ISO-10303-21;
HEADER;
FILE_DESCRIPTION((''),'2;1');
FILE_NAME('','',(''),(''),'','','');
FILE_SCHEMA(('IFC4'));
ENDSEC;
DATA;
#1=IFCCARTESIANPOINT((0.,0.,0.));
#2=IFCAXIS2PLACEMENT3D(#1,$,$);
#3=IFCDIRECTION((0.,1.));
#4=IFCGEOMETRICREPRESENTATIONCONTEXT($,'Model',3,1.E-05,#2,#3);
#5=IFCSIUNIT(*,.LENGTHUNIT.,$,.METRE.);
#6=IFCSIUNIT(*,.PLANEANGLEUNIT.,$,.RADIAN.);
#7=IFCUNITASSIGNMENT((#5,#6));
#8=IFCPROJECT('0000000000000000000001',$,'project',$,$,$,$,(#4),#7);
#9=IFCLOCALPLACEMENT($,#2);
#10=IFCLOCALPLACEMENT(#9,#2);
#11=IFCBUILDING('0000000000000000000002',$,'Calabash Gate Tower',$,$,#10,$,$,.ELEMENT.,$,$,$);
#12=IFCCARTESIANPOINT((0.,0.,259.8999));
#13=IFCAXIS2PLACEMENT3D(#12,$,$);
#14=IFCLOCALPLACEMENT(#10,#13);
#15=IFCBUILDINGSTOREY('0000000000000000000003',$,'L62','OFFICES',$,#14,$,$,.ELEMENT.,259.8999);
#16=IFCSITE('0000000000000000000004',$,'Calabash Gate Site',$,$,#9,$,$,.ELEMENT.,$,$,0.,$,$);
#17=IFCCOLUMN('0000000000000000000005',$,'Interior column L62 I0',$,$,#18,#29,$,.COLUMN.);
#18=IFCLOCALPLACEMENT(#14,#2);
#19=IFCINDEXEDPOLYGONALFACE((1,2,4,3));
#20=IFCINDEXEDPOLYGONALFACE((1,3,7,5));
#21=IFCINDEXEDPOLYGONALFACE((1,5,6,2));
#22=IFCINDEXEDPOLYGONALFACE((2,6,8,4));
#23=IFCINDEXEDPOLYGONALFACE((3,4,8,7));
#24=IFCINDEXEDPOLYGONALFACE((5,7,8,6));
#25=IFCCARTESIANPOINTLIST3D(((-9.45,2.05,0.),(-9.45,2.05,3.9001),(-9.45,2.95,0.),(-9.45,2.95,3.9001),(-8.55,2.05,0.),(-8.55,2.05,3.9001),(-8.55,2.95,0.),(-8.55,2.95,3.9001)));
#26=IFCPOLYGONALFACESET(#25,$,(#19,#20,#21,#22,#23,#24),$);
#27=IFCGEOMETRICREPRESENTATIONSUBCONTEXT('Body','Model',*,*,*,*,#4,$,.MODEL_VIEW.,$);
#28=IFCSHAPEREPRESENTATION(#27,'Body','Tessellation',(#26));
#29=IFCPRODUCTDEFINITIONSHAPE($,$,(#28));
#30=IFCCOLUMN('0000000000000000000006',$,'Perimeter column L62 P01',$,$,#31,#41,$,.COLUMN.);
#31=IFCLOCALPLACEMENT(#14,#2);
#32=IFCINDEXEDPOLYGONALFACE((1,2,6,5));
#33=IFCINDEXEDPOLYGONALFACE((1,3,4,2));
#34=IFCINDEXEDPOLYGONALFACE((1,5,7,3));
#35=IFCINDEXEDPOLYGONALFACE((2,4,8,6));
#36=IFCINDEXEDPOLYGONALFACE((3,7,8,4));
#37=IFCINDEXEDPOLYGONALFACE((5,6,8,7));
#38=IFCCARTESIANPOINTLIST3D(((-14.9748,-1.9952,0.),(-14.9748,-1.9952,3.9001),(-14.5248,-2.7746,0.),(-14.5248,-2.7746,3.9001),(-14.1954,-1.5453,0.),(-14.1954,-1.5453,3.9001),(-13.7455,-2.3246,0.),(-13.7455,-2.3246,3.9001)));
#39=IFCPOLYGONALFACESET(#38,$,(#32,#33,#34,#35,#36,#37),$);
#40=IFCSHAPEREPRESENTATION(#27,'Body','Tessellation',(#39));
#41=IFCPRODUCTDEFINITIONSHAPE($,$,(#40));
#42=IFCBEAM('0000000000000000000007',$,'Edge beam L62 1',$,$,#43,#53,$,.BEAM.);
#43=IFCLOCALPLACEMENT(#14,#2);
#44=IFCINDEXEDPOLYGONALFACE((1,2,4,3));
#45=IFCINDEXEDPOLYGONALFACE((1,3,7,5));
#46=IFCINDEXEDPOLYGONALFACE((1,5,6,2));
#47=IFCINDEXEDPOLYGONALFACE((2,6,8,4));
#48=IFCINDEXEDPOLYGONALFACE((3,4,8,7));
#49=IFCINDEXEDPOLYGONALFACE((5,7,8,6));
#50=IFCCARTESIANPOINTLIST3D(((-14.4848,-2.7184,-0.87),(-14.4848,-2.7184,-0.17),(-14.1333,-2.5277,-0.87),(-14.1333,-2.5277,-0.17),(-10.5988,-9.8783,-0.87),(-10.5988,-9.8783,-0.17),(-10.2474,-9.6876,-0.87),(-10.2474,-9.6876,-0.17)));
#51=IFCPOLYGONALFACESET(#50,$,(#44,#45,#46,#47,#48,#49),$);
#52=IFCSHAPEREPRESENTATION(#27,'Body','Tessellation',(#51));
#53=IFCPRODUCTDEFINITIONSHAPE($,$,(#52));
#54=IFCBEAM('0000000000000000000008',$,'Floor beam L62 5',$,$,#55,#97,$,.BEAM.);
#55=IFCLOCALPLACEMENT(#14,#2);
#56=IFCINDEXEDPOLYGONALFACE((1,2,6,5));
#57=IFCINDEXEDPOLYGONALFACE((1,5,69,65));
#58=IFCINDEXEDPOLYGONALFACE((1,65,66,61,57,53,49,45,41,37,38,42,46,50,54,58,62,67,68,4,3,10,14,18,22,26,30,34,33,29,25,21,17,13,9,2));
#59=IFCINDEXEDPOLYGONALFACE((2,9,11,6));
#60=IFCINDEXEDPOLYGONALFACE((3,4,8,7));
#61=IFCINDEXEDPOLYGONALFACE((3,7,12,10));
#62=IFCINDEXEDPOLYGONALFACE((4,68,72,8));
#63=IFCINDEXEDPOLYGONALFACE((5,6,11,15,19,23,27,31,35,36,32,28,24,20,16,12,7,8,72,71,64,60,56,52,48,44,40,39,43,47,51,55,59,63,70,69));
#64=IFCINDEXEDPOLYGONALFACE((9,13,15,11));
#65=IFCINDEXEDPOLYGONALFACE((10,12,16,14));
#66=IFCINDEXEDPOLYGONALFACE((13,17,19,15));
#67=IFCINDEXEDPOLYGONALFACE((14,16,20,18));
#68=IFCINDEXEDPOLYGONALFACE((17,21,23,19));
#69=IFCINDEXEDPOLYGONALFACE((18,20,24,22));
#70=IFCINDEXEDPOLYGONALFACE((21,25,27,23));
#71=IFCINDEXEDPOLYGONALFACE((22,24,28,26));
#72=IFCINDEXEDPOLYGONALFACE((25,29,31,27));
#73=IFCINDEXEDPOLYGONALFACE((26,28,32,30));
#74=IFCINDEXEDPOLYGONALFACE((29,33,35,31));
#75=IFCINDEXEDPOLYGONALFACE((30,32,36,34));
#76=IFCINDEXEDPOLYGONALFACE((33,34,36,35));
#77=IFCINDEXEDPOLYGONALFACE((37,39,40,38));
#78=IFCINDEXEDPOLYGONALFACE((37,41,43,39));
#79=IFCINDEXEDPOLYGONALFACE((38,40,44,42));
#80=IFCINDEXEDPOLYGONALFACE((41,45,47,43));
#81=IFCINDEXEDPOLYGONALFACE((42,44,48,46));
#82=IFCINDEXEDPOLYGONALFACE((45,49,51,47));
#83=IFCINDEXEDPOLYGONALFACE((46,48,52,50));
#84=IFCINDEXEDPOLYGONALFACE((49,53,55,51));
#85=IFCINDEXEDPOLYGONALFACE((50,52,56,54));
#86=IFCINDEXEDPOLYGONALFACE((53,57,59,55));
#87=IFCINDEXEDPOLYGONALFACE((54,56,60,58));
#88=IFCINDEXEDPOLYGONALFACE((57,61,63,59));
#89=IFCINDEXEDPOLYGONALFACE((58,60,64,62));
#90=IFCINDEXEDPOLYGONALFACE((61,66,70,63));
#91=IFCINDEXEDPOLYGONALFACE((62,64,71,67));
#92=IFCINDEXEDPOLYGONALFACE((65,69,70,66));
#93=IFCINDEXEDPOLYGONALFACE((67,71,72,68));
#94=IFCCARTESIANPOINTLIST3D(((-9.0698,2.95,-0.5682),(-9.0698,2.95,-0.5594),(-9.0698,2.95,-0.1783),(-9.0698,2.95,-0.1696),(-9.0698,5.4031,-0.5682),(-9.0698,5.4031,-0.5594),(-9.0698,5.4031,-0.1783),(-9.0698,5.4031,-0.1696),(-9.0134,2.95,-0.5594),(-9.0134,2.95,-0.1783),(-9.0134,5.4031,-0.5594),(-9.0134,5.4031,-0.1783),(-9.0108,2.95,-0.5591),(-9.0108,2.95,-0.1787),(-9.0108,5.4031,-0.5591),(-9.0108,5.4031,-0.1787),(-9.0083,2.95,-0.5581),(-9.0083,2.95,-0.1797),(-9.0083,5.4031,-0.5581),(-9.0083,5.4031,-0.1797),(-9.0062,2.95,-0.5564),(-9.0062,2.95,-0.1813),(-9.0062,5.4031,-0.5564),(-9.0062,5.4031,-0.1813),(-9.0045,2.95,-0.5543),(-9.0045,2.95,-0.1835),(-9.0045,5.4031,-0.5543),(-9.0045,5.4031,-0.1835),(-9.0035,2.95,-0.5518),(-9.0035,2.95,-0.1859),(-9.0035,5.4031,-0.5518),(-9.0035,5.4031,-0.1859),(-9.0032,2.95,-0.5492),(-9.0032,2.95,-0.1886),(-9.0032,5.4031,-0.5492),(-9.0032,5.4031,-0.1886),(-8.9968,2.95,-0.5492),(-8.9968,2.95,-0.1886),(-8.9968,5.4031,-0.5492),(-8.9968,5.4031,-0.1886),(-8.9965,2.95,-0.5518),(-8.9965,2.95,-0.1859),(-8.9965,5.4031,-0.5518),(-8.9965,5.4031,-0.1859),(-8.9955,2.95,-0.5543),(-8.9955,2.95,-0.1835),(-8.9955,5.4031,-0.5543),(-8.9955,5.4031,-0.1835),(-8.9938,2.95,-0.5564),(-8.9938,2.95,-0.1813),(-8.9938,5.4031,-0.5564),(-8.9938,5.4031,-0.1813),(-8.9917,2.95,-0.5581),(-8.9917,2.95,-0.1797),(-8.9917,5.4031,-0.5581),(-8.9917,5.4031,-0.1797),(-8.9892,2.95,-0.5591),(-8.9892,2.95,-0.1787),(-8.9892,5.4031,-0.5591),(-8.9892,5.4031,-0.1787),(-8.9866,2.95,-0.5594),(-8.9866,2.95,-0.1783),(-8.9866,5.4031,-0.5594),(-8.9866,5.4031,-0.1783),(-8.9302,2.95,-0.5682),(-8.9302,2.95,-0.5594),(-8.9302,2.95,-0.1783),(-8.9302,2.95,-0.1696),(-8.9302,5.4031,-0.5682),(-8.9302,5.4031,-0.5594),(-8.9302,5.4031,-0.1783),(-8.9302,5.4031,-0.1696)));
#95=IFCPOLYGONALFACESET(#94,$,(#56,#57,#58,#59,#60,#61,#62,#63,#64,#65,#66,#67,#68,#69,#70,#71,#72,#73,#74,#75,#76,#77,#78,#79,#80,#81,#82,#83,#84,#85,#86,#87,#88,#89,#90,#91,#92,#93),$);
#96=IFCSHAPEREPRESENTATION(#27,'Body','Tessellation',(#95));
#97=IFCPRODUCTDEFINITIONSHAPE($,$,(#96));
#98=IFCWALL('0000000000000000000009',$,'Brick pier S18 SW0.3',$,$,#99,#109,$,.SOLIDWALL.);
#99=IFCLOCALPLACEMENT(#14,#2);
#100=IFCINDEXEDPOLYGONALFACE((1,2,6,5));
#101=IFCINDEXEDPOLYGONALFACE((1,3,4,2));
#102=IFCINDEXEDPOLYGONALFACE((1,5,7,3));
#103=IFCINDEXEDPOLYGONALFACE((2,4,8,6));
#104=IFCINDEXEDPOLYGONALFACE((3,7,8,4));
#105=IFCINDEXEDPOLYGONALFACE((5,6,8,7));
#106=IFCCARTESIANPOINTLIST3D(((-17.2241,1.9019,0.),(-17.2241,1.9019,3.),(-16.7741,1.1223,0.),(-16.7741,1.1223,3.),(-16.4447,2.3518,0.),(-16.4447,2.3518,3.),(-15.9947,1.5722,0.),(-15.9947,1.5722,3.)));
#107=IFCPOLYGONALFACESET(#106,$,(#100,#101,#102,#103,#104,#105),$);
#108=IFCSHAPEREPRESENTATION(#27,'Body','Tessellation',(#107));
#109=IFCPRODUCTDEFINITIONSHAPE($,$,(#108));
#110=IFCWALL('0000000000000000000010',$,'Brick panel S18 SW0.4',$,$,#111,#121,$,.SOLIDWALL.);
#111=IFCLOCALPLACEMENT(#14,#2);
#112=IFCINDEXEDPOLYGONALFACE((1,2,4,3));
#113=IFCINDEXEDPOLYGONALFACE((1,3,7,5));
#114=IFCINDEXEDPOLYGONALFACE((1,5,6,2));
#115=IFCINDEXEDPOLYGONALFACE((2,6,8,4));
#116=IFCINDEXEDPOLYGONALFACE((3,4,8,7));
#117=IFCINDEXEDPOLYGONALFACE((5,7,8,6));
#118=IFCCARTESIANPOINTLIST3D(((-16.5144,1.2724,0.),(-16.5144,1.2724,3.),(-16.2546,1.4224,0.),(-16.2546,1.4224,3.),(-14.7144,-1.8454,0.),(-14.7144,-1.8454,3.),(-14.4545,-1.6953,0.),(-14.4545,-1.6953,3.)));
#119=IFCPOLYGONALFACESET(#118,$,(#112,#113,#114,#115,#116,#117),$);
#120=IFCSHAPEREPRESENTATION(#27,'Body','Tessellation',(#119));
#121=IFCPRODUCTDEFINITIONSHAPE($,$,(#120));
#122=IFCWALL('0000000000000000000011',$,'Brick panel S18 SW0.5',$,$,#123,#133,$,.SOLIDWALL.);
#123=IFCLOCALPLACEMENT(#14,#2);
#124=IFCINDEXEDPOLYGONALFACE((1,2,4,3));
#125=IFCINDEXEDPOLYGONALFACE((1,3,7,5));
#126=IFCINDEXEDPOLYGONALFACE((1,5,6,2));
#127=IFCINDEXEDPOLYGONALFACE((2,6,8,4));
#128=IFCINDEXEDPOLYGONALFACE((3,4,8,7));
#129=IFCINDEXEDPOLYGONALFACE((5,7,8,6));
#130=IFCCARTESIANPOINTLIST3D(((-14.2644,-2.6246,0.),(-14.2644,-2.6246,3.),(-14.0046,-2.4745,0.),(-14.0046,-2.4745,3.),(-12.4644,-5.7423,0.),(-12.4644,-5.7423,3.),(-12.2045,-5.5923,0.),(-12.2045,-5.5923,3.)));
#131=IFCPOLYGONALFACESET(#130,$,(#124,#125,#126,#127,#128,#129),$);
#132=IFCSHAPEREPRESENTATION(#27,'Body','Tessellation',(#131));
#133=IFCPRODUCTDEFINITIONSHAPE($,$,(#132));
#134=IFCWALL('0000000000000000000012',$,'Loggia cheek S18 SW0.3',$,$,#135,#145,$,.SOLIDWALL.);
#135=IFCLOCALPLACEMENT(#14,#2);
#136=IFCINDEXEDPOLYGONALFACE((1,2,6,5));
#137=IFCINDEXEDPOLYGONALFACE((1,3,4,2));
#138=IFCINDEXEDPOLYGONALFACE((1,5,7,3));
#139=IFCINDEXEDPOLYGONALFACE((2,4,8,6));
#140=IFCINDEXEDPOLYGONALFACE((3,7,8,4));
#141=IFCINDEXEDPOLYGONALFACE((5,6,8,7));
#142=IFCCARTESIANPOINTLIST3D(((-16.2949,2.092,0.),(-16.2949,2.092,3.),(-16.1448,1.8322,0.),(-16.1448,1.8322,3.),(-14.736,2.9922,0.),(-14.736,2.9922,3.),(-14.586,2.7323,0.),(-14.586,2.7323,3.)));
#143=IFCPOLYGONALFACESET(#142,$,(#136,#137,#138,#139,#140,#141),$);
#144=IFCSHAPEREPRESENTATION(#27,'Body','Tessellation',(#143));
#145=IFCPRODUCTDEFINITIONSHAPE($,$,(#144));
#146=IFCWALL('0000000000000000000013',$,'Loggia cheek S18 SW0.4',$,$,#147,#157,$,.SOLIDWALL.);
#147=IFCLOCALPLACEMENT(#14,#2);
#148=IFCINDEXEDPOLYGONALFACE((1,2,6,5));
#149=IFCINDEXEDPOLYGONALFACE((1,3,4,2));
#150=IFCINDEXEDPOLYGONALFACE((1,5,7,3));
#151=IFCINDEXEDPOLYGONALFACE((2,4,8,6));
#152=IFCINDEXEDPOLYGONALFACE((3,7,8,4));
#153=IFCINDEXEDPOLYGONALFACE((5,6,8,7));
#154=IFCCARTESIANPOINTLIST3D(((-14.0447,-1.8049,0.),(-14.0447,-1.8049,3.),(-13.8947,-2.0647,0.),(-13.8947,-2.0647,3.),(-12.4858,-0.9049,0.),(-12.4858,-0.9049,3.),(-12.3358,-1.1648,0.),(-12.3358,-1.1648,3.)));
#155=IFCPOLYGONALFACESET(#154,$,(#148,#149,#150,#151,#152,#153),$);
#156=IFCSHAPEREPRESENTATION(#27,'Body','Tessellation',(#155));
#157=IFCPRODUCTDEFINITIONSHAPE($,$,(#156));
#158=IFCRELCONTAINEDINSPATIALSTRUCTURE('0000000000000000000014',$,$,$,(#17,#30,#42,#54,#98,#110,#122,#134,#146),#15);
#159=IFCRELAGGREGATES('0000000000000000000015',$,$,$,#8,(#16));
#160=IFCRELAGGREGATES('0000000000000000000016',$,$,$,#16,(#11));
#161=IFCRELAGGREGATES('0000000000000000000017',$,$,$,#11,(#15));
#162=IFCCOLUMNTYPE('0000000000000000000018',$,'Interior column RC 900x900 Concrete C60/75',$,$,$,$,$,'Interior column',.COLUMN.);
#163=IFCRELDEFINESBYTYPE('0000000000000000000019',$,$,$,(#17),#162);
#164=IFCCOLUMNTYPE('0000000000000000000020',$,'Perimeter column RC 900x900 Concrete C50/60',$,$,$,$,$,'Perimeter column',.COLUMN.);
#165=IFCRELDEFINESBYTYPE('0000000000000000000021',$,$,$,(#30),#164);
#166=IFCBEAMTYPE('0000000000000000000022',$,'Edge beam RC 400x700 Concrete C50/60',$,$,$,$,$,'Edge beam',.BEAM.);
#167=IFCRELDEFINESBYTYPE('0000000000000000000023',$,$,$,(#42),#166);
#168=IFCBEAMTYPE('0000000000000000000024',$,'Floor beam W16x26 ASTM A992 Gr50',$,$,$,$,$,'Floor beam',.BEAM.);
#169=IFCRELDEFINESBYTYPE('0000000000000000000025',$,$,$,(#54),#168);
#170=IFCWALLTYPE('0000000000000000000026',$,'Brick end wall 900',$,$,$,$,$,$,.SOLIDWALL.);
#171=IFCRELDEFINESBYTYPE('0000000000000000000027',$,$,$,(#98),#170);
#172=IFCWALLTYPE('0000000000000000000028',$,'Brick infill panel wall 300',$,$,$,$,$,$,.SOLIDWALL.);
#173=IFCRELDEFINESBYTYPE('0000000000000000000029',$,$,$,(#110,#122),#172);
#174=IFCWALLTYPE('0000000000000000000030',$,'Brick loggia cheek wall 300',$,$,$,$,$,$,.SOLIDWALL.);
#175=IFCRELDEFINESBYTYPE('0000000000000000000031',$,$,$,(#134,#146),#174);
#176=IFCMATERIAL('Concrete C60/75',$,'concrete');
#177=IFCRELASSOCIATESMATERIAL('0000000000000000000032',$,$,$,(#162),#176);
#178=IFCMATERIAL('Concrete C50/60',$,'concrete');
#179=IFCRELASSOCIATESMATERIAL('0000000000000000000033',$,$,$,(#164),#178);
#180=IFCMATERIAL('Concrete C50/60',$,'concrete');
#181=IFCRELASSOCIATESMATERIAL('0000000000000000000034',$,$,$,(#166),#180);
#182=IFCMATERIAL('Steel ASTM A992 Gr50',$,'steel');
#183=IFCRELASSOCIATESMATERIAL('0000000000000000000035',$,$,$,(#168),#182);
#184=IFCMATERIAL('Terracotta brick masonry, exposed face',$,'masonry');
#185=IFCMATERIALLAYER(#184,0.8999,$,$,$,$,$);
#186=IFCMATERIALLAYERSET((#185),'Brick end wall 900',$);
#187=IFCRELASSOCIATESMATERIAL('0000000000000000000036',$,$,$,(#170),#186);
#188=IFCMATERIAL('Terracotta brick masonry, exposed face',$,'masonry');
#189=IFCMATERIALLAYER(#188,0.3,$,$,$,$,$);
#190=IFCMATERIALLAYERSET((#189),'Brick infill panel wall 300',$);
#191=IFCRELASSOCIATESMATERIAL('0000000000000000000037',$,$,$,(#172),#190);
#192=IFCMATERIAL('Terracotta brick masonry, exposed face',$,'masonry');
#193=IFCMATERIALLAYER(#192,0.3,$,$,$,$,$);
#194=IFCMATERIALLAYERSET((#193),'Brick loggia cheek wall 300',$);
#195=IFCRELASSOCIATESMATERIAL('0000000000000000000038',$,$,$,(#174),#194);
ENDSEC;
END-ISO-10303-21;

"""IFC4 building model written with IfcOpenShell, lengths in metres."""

from ifc_helpers import new_model, si_unit, direction, frame, frame_2d, origin, origin_2d, place, context, subcontext, project, spatial, rectangle, i_section, extrude, material, layer, layer_set, material_profile, profile_set, type_object, element, save


model = new_model("IFC4")

# Units and contexts
model_context = context("Model", 3, precision=1e-05, world=origin(), true_north=direction((0.0, 1.0)))
body_context = subcontext(model_context, "Body", "Model", "MODEL_VIEW")
ifc_project = project(units=[si_unit("LENGTHUNIT", "METRE"), si_unit("PLANEANGLEUNIT", "RADIAN")], contexts=[model_context])

# Site, building, storey
site_placement = place(None, origin())
site = spatial("IfcSite", under=ifc_project, at=site_placement, Name="Calabash Gate Site", CompositionType="ELEMENT", RefElevation=0.0)
building_placement = place(site_placement, origin())
building = spatial("IfcBuilding", under=site, at=building_placement, Name="Calabash Gate Tower", CompositionType="ELEMENT")
storey_placement = place(building_placement, frame((0.0, 0.0, 259.8999)))
storey = spatial("IfcBuildingStorey", under=building, at=storey_placement, Name="L62", Description="OFFICES", CompositionType="ELEMENT", Elevation=259.8999)

# Columns
ifc_material_1 = material(Name="Concrete C60/75", Category="concrete")
ifc_material_profile_1 = material_profile(ifc_material_1, rectangle(XDim=0.8999, YDim=0.8999, at=origin_2d()))
ifc_profile_set_1 = profile_set([ifc_material_profile_1], Name="Concrete C60/75")
column_type_1 = type_object("IfcColumnType", Name="Interior column RC 900x900 Concrete C60/75", ElementType="Interior column", PredefinedType="COLUMN", material=ifc_profile_set_1)
column_1_placement = place(storey_placement, frame((-9.0, 2.5, 0.0), z_axis=(0.0, 0.0, 1.0), x_axis=(1.0, 0.0, 0.0)))
element("IfcColumn", 1, at=column_1_placement, inside=storey, type_object=column_type_1, Name="Interior column L62 I0", PredefinedType="COLUMN", context=body_context, shape_type="SweptSolid", body=[
    extrude(rectangle(XDim=0.8999, YDim=0.8999, at=origin_2d()), origin(), (0.0, 0.0, 1.0), 3.9001),
])
ifc_material_2 = material(Name="Concrete C50/60", Category="concrete")
ifc_material_profile_2 = material_profile(ifc_material_2, rectangle(XDim=0.8999, YDim=0.8999, at=origin_2d()))
ifc_profile_set_2 = profile_set([ifc_material_profile_2], Name="Concrete C50/60")
column_type_2 = type_object("IfcColumnType", Name="Perimeter column RC 900x900 Concrete C50/60", ElementType="Perimeter column", PredefinedType="COLUMN", material=ifc_profile_set_2)
column_2_placement = place(storey_placement, frame((-14.3601, -2.1599, 0.0), z_axis=(0.0, 0.0, 1.0), x_axis=(0.5, -0.866025, 0.0)))
element("IfcColumn", 2, at=column_2_placement, inside=storey, type_object=column_type_2, Name="Perimeter column L62 P01", PredefinedType="COLUMN", context=body_context, shape_type="SweptSolid", body=[
    extrude(rectangle(XDim=0.8999, YDim=0.8999, at=origin_2d()), origin(), (0.0, 0.0, 1.0), 3.9001),
])

# Beams
ifc_material_3 = material(Name="Concrete C50/60", Category="concrete")
ifc_material_profile_3 = material_profile(ifc_material_3, rectangle(XDim=0.3999, YDim=0.7, at=origin_2d()))
ifc_profile_set_3 = profile_set([ifc_material_profile_3], Name="Concrete C50/60")
beam_type_1 = type_object("IfcBeamType", Name="Edge beam RC 400x700 Concrete C50/60", ElementType="Edge beam", PredefinedType="BEAM", material=ifc_profile_set_3)
beam_1_placement = place(storey_placement, frame((-14.3091, -2.623, -0.52), z_axis=(0.477014, -0.878896, 0.0), x_axis=(0.878896, 0.477014, 0.0)))
element("IfcBeam", 3, at=beam_1_placement, inside=storey, type_object=beam_type_1, Name="Edge beam L62 1", PredefinedType="BEAM", context=body_context, shape_type="SweptSolid", body=[
    extrude(rectangle(XDim=0.3999, YDim=0.7, at=origin_2d()), origin(), (0.0, 0.0, 1.0), 8.1465),
])
ifc_material_4 = material(Name="Steel ASTM A992 Gr50", Category="steel")
ifc_material_profile_4 = material_profile(ifc_material_4, i_section(OverallWidth=0.1396, OverallDepth=0.3987, WebThickness=0.0063, FlangeThickness=0.0088, FilletRadius=0.0103, at=origin_2d()))
ifc_profile_set_4 = profile_set([ifc_material_profile_4], Name="Steel ASTM A992 Gr50")
beam_type_2 = type_object("IfcBeamType", Name="Floor beam W16x26 ASTM A992 Gr50", ElementType="Floor beam", PredefinedType="BEAM", material=ifc_profile_set_4)
beam_2_placement = place(storey_placement, frame((-9.0, 2.95, -0.3689), z_axis=(0.0, 1.0, 0.0), x_axis=(-1.0, 0.0, 0.0)))
element("IfcBeam", 4, at=beam_2_placement, inside=storey, type_object=beam_type_2, Name="Floor beam L62 5", PredefinedType="BEAM", context=body_context, shape_type="SweptSolid", body=[
    extrude(i_section(OverallWidth=0.1396, OverallDepth=0.3987, WebThickness=0.0063, FlangeThickness=0.0088, FilletRadius=0.0103, at=origin_2d()), origin(), (0.0, 0.0, 1.0), 2.4531),
])

# Walls
ifc_material_5 = material(Name="Terracotta brick masonry, exposed face", Category="masonry")
ifc_layer_1 = layer(ifc_material_5, 0.8999)
ifc_layer_set_1 = layer_set([ifc_layer_1], Name="Brick end wall 900")
wall_type_1 = type_object("IfcWallType", Name="Brick end wall 900", PredefinedType="SOLIDWALL", material=ifc_layer_set_1)
wall_1_placement = place(storey_placement, frame((-16.8345, 2.127, 0.0), z_axis=(0.0, 0.0, 1.0), x_axis=(0.499902, -0.866082, 0.0)))
element("IfcWall", 5, at=wall_1_placement, inside=storey, type_object=wall_type_1, Name="Brick pier S18 SW0.3", PredefinedType="SOLIDWALL", context=body_context, shape_type="SweptSolid", body=[
    extrude(rectangle(XDim=0.9001, YDim=0.8999, at=frame_2d((0.4502, 0.0))), origin(), (0.0, 0.0, 1.0), 3.0),
])
ifc_material_6 = material(Name="Terracotta brick masonry, exposed face", Category="masonry")
ifc_layer_2 = layer(ifc_material_6, 0.3)
ifc_layer_set_2 = layer_set([ifc_layer_2], Name="Brick infill panel wall 300")
wall_type_2 = type_object("IfcWallType", Name="Brick infill panel wall 300", PredefinedType="SOLIDWALL", material=ifc_layer_set_2)
for number, where, z_axis, x_axis, name in (
    (6, (-16.3845, 1.3474, 0.0), (0.0, 0.0, 1.0), (0.500012, -0.866018, 0.0), "Brick panel S18 SW0.4"),
    (7, (-14.1345, -2.5496, 0.0), (0.0, 0.0, 1.0), (0.500012, -0.866018, 0.0), "Brick panel S18 SW0.5"),
):
    element("IfcWall", number, at=place(storey_placement, frame(where, z_axis=z_axis, x_axis=x_axis)), inside=storey, type_object=wall_type_2, Name=name, PredefinedType="SOLIDWALL", context=body_context, shape_type="SweptSolid", body=[
        extrude(rectangle(XDim=3.6001, YDim=0.3, at=frame_2d((1.8, 0.0))), origin(), (0.0, 0.0, 1.0), 3.0),
    ])
ifc_material_7 = material(Name="Terracotta brick masonry, exposed face", Category="masonry")
ifc_layer_3 = layer(ifc_material_7, 0.3)
ifc_layer_set_3 = layer_set([ifc_layer_3], Name="Brick loggia cheek wall 300")
wall_type_3 = type_object("IfcWallType", Name="Brick loggia cheek wall 300", PredefinedType="SOLIDWALL", material=ifc_layer_set_3)
for number, where, z_axis, x_axis, name in (
    (8, (-16.2197, 1.9622, 0.0), (0.0, 0.0, 1.0), (0.865989, 0.500063, 0.0), "Loggia cheek S18 SW0.3"),
    (9, (-12.4109, -1.0349, 0.0), (0.0, 0.0, 1.0), (-0.866048, -0.499961, 0.0), "Loggia cheek S18 SW0.4"),
):
    element("IfcWall", number, at=place(storey_placement, frame(where, z_axis=z_axis, x_axis=x_axis)), inside=storey, type_object=wall_type_3, Name=name, PredefinedType="SOLIDWALL", context=body_context, shape_type="SweptSolid", body=[
        extrude(rectangle(XDim=1.8, YDim=0.3, at=frame_2d((0.8999, 0.0))), origin(), (0.0, 0.0, 1.0), 3.0),
    ])

save(model, "model.ifc")
